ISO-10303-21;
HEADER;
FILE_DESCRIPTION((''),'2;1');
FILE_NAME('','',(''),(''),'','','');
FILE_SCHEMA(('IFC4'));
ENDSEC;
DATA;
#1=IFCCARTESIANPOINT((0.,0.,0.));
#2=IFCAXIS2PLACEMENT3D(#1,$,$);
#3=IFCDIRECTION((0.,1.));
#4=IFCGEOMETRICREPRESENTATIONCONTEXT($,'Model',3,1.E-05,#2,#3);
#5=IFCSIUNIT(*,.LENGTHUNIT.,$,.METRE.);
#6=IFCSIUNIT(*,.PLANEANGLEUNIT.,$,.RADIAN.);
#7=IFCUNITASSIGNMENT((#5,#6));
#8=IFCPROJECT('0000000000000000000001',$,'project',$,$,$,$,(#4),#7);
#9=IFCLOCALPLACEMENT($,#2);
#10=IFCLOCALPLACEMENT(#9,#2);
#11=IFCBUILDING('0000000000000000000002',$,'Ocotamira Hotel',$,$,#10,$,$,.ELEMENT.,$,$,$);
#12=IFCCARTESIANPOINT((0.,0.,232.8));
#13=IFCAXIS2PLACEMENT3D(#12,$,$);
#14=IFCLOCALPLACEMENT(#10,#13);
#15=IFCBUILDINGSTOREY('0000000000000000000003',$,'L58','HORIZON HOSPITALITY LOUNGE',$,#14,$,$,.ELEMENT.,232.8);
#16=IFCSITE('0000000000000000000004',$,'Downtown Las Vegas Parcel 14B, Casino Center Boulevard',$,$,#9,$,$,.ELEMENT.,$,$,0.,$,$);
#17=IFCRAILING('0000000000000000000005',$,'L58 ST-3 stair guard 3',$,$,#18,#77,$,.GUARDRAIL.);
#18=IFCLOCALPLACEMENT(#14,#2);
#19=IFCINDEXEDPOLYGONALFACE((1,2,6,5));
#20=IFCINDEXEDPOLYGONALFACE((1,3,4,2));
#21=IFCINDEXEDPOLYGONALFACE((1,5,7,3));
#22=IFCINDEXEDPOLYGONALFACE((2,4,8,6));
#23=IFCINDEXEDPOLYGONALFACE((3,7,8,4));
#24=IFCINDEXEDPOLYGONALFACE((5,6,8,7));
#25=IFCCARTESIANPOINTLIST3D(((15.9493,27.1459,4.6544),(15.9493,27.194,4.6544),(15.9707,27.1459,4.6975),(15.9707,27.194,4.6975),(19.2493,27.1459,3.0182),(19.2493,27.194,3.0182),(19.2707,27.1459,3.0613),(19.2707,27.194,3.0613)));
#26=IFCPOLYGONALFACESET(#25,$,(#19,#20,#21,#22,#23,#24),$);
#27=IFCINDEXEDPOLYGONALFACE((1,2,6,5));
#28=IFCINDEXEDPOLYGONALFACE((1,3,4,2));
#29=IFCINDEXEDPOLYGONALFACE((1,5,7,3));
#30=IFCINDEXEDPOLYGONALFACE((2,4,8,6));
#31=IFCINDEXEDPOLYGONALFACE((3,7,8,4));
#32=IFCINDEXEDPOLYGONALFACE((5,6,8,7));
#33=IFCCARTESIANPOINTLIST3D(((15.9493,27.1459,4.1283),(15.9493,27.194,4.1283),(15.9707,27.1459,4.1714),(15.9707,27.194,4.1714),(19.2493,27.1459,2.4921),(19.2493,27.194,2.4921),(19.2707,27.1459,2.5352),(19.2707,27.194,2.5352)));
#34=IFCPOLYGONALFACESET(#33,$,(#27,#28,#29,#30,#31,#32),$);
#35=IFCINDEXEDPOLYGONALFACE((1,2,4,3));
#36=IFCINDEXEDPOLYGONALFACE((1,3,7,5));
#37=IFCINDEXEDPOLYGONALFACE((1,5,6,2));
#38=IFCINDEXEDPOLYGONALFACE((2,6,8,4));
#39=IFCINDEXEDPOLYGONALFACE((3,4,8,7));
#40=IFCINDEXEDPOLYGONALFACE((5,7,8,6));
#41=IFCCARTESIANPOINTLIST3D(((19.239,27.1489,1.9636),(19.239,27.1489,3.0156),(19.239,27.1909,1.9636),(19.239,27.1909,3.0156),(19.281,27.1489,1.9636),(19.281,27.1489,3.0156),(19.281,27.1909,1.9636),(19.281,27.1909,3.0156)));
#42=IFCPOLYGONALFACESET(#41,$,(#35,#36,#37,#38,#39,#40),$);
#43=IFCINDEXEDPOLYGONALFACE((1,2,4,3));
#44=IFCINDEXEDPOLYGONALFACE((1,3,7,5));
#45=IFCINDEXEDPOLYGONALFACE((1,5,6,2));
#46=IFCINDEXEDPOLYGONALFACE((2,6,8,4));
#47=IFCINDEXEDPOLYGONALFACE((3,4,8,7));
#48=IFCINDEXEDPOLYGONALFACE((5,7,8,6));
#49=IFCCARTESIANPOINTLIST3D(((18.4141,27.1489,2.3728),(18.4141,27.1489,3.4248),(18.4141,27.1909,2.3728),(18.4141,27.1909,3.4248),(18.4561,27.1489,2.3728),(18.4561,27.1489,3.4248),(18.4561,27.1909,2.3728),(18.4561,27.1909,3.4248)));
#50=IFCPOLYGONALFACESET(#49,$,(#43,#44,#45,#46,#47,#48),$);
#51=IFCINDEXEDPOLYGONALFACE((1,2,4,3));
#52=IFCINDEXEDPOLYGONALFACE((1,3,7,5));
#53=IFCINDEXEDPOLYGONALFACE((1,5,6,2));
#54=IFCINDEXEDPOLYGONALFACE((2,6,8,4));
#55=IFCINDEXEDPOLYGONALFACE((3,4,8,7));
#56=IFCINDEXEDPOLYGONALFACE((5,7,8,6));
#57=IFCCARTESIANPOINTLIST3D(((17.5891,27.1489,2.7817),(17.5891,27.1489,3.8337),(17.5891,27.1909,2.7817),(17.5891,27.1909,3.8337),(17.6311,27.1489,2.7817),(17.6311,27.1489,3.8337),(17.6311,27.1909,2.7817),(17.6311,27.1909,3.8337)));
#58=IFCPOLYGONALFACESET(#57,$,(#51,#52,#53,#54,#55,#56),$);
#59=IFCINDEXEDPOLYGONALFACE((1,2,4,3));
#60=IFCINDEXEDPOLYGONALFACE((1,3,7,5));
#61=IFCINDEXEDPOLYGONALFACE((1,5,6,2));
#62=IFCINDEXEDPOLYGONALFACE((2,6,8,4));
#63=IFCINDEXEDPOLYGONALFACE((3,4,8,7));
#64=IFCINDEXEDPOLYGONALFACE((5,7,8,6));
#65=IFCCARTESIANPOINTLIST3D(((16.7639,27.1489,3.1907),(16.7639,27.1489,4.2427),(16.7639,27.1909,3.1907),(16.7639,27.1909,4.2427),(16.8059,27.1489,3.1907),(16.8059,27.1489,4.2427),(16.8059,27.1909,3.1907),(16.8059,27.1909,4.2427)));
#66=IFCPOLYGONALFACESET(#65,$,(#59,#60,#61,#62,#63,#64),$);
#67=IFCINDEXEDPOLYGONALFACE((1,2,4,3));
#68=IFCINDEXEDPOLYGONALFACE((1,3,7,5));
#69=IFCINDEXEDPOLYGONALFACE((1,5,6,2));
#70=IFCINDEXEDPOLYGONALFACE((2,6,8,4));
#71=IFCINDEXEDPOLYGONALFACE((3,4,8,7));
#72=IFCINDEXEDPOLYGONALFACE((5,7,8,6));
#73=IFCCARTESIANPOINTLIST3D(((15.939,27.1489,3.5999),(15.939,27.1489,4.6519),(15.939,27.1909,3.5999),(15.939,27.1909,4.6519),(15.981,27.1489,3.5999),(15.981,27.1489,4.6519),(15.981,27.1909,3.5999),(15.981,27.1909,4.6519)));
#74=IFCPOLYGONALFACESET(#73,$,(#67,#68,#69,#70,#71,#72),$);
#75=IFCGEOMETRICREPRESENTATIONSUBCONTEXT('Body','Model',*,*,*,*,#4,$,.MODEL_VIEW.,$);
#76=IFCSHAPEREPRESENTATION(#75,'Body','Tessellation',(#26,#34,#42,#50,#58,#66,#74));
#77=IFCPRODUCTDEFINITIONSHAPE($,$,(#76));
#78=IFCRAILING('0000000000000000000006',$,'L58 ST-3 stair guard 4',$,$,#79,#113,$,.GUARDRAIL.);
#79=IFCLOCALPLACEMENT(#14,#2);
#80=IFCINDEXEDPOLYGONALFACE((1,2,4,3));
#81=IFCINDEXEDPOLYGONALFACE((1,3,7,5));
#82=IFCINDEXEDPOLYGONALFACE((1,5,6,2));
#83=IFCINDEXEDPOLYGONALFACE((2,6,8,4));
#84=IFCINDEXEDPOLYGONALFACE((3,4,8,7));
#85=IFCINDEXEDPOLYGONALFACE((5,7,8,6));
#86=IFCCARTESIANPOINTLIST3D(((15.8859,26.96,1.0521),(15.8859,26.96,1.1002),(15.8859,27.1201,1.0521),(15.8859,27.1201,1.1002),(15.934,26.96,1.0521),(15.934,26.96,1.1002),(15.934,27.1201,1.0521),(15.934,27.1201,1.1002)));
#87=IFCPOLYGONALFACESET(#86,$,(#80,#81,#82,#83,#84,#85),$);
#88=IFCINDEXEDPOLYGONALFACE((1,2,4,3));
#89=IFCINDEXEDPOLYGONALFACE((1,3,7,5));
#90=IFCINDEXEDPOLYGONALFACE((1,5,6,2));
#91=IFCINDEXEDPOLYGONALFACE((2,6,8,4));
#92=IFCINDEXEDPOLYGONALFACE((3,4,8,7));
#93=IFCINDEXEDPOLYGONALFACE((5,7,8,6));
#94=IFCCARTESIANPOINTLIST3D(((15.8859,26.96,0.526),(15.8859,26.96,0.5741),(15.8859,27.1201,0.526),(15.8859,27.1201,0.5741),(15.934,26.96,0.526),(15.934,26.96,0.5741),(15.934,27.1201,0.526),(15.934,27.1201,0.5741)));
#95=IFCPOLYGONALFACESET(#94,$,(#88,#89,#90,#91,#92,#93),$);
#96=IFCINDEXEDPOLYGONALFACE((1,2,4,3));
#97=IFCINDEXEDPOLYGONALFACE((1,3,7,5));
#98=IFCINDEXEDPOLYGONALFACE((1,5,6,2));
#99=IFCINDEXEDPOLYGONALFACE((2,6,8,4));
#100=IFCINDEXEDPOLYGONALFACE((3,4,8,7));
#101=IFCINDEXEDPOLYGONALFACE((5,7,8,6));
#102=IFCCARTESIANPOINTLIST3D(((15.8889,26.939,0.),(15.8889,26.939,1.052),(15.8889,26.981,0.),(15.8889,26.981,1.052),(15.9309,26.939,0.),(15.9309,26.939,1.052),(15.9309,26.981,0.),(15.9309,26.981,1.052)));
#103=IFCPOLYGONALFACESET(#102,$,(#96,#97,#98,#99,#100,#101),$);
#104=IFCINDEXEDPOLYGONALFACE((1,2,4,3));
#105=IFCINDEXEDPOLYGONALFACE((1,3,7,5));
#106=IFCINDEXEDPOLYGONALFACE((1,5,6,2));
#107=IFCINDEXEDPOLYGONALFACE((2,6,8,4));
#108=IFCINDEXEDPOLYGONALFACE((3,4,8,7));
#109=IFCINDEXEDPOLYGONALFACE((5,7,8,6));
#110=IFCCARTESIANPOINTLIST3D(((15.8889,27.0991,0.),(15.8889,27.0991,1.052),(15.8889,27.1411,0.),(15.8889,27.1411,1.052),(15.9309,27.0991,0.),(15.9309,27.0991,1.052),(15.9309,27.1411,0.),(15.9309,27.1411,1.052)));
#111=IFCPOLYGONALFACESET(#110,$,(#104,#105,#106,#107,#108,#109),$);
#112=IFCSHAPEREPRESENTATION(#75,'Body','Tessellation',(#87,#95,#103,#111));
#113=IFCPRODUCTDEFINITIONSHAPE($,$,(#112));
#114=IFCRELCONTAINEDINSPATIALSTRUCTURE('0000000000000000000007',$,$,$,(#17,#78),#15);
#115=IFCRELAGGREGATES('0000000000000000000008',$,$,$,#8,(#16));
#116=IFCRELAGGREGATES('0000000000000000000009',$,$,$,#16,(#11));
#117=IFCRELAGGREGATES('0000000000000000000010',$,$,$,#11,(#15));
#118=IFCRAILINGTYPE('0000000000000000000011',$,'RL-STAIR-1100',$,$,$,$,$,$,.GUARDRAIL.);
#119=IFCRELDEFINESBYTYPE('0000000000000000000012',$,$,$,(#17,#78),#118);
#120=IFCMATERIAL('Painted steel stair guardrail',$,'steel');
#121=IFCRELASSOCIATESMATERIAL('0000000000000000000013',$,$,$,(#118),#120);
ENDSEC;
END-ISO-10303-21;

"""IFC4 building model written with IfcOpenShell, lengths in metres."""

from ifc_helpers import new_model, si_unit, direction, frame, origin, origin_2d, place, context, subcontext, project, spatial, rectangle, extrude, material, type_object, element, save


model = new_model("IFC4")

# Units and contexts
model_context = context("Model", 3, precision=1e-05, world=origin(), true_north=direction((0.0, 1.0)))
body_context = subcontext(model_context, "Body", "Model", "MODEL_VIEW")
ifc_project = project(units=[si_unit("LENGTHUNIT", "METRE"), si_unit("PLANEANGLEUNIT", "RADIAN")], contexts=[model_context])

# Site, building, storey
site_placement = place(None, origin())
site = spatial("IfcSite", under=ifc_project, at=site_placement, Name="Downtown Las Vegas Parcel 14B, Casino Center Boulevard", CompositionType="ELEMENT", RefElevation=0.0)
building_placement = place(site_placement, origin())
building = spatial("IfcBuilding", under=site, at=building_placement, Name="Ocotamira Hotel", CompositionType="ELEMENT")
storey_placement = place(building_placement, frame((0.0, 0.0, 232.8)))
storey = spatial("IfcBuildingStorey", under=building, at=storey_placement, Name="L58", Description="HORIZON HOSPITALITY LOUNGE", CompositionType="ELEMENT", Elevation=232.8)

# Railings
ifc_material_1 = material(Name="Painted steel stair guardrail", Category="steel")
railing_type_1 = type_object("IfcRailingType", Name="RL-STAIR-1100", PredefinedType="GUARDRAIL", material=ifc_material_1)
railing_1_placement = place(storey_placement, frame((19.26, 27.1699, 1.9636)))
element("IfcRailing", 1, at=railing_1_placement, inside=storey, type_object=railing_type_1, Name="L58 ST-3 stair guard 3", PredefinedType="GUARDRAIL", context=body_context, shape_type="SweptSolid", body=[
    extrude(rectangle(XDim=0.0481, YDim=0.0481, at=origin_2d()), frame((0.0, 0.0, 1.0762), z_axis=(-0.89592, 0.0, 0.444215), x_axis=(0.0, -1.0, 0.0)), (0.0, 0.0, 1.0), 3.6833),
    extrude(rectangle(XDim=0.0481, YDim=0.0481, at=origin_2d()), frame((0.0, 0.0, 0.55), z_axis=(-0.89592, 0.0, 0.444215), x_axis=(0.0, -1.0, 0.0)), (0.0, 0.0, 1.0), 3.6833),
    extrude(rectangle(XDim=0.042, YDim=0.042, at=origin_2d()), origin(), (0.0, 0.0, 1.0), 1.052),
    extrude(rectangle(XDim=0.042, YDim=0.042, at=origin_2d()), frame((-0.825, 0.0, 0.4092)), (0.0, 0.0, 1.0), 1.052),
    extrude(rectangle(XDim=0.042, YDim=0.042, at=origin_2d()), frame((-1.6499, 0.0, 0.8181)), (0.0, 0.0, 1.0), 1.052),
    extrude(rectangle(XDim=0.042, YDim=0.042, at=origin_2d()), frame((-2.4751, 0.0, 1.2271)), (0.0, 0.0, 1.0), 1.052),
    extrude(rectangle(XDim=0.042, YDim=0.042, at=origin_2d()), frame((-3.3, 0.0, 1.6362)), (0.0, 0.0, 1.0), 1.052),
])
railing_2_placement = place(storey_placement, frame((15.9099, 26.96, 0.0)))
element("IfcRailing", 2, at=railing_2_placement, inside=storey, type_object=railing_type_1, Name="L58 ST-3 stair guard 4", PredefinedType="GUARDRAIL", context=body_context, shape_type="SweptSolid", body=[
    extrude(rectangle(XDim=0.0481, YDim=0.0481, at=origin_2d()), frame((0.0, 0.0, 1.0762), z_axis=(0.0, 1.0, 0.0), x_axis=(-1.0, 0.0, 0.0)), (0.0, 0.0, 1.0), 0.1602),
    extrude(rectangle(XDim=0.0481, YDim=0.0481, at=origin_2d()), frame((0.0, 0.0, 0.55), z_axis=(0.0, 1.0, 0.0), x_axis=(-1.0, 0.0, 0.0)), (0.0, 0.0, 1.0), 0.1602),
    extrude(rectangle(XDim=0.042, YDim=0.042, at=origin_2d()), origin(), (0.0, 0.0, 1.0), 1.052),
    extrude(rectangle(XDim=0.042, YDim=0.042, at=origin_2d()), frame((0.0, 0.1602, 0.0)), (0.0, 0.0, 1.0), 1.052),
])

save(model, "model.ifc")
